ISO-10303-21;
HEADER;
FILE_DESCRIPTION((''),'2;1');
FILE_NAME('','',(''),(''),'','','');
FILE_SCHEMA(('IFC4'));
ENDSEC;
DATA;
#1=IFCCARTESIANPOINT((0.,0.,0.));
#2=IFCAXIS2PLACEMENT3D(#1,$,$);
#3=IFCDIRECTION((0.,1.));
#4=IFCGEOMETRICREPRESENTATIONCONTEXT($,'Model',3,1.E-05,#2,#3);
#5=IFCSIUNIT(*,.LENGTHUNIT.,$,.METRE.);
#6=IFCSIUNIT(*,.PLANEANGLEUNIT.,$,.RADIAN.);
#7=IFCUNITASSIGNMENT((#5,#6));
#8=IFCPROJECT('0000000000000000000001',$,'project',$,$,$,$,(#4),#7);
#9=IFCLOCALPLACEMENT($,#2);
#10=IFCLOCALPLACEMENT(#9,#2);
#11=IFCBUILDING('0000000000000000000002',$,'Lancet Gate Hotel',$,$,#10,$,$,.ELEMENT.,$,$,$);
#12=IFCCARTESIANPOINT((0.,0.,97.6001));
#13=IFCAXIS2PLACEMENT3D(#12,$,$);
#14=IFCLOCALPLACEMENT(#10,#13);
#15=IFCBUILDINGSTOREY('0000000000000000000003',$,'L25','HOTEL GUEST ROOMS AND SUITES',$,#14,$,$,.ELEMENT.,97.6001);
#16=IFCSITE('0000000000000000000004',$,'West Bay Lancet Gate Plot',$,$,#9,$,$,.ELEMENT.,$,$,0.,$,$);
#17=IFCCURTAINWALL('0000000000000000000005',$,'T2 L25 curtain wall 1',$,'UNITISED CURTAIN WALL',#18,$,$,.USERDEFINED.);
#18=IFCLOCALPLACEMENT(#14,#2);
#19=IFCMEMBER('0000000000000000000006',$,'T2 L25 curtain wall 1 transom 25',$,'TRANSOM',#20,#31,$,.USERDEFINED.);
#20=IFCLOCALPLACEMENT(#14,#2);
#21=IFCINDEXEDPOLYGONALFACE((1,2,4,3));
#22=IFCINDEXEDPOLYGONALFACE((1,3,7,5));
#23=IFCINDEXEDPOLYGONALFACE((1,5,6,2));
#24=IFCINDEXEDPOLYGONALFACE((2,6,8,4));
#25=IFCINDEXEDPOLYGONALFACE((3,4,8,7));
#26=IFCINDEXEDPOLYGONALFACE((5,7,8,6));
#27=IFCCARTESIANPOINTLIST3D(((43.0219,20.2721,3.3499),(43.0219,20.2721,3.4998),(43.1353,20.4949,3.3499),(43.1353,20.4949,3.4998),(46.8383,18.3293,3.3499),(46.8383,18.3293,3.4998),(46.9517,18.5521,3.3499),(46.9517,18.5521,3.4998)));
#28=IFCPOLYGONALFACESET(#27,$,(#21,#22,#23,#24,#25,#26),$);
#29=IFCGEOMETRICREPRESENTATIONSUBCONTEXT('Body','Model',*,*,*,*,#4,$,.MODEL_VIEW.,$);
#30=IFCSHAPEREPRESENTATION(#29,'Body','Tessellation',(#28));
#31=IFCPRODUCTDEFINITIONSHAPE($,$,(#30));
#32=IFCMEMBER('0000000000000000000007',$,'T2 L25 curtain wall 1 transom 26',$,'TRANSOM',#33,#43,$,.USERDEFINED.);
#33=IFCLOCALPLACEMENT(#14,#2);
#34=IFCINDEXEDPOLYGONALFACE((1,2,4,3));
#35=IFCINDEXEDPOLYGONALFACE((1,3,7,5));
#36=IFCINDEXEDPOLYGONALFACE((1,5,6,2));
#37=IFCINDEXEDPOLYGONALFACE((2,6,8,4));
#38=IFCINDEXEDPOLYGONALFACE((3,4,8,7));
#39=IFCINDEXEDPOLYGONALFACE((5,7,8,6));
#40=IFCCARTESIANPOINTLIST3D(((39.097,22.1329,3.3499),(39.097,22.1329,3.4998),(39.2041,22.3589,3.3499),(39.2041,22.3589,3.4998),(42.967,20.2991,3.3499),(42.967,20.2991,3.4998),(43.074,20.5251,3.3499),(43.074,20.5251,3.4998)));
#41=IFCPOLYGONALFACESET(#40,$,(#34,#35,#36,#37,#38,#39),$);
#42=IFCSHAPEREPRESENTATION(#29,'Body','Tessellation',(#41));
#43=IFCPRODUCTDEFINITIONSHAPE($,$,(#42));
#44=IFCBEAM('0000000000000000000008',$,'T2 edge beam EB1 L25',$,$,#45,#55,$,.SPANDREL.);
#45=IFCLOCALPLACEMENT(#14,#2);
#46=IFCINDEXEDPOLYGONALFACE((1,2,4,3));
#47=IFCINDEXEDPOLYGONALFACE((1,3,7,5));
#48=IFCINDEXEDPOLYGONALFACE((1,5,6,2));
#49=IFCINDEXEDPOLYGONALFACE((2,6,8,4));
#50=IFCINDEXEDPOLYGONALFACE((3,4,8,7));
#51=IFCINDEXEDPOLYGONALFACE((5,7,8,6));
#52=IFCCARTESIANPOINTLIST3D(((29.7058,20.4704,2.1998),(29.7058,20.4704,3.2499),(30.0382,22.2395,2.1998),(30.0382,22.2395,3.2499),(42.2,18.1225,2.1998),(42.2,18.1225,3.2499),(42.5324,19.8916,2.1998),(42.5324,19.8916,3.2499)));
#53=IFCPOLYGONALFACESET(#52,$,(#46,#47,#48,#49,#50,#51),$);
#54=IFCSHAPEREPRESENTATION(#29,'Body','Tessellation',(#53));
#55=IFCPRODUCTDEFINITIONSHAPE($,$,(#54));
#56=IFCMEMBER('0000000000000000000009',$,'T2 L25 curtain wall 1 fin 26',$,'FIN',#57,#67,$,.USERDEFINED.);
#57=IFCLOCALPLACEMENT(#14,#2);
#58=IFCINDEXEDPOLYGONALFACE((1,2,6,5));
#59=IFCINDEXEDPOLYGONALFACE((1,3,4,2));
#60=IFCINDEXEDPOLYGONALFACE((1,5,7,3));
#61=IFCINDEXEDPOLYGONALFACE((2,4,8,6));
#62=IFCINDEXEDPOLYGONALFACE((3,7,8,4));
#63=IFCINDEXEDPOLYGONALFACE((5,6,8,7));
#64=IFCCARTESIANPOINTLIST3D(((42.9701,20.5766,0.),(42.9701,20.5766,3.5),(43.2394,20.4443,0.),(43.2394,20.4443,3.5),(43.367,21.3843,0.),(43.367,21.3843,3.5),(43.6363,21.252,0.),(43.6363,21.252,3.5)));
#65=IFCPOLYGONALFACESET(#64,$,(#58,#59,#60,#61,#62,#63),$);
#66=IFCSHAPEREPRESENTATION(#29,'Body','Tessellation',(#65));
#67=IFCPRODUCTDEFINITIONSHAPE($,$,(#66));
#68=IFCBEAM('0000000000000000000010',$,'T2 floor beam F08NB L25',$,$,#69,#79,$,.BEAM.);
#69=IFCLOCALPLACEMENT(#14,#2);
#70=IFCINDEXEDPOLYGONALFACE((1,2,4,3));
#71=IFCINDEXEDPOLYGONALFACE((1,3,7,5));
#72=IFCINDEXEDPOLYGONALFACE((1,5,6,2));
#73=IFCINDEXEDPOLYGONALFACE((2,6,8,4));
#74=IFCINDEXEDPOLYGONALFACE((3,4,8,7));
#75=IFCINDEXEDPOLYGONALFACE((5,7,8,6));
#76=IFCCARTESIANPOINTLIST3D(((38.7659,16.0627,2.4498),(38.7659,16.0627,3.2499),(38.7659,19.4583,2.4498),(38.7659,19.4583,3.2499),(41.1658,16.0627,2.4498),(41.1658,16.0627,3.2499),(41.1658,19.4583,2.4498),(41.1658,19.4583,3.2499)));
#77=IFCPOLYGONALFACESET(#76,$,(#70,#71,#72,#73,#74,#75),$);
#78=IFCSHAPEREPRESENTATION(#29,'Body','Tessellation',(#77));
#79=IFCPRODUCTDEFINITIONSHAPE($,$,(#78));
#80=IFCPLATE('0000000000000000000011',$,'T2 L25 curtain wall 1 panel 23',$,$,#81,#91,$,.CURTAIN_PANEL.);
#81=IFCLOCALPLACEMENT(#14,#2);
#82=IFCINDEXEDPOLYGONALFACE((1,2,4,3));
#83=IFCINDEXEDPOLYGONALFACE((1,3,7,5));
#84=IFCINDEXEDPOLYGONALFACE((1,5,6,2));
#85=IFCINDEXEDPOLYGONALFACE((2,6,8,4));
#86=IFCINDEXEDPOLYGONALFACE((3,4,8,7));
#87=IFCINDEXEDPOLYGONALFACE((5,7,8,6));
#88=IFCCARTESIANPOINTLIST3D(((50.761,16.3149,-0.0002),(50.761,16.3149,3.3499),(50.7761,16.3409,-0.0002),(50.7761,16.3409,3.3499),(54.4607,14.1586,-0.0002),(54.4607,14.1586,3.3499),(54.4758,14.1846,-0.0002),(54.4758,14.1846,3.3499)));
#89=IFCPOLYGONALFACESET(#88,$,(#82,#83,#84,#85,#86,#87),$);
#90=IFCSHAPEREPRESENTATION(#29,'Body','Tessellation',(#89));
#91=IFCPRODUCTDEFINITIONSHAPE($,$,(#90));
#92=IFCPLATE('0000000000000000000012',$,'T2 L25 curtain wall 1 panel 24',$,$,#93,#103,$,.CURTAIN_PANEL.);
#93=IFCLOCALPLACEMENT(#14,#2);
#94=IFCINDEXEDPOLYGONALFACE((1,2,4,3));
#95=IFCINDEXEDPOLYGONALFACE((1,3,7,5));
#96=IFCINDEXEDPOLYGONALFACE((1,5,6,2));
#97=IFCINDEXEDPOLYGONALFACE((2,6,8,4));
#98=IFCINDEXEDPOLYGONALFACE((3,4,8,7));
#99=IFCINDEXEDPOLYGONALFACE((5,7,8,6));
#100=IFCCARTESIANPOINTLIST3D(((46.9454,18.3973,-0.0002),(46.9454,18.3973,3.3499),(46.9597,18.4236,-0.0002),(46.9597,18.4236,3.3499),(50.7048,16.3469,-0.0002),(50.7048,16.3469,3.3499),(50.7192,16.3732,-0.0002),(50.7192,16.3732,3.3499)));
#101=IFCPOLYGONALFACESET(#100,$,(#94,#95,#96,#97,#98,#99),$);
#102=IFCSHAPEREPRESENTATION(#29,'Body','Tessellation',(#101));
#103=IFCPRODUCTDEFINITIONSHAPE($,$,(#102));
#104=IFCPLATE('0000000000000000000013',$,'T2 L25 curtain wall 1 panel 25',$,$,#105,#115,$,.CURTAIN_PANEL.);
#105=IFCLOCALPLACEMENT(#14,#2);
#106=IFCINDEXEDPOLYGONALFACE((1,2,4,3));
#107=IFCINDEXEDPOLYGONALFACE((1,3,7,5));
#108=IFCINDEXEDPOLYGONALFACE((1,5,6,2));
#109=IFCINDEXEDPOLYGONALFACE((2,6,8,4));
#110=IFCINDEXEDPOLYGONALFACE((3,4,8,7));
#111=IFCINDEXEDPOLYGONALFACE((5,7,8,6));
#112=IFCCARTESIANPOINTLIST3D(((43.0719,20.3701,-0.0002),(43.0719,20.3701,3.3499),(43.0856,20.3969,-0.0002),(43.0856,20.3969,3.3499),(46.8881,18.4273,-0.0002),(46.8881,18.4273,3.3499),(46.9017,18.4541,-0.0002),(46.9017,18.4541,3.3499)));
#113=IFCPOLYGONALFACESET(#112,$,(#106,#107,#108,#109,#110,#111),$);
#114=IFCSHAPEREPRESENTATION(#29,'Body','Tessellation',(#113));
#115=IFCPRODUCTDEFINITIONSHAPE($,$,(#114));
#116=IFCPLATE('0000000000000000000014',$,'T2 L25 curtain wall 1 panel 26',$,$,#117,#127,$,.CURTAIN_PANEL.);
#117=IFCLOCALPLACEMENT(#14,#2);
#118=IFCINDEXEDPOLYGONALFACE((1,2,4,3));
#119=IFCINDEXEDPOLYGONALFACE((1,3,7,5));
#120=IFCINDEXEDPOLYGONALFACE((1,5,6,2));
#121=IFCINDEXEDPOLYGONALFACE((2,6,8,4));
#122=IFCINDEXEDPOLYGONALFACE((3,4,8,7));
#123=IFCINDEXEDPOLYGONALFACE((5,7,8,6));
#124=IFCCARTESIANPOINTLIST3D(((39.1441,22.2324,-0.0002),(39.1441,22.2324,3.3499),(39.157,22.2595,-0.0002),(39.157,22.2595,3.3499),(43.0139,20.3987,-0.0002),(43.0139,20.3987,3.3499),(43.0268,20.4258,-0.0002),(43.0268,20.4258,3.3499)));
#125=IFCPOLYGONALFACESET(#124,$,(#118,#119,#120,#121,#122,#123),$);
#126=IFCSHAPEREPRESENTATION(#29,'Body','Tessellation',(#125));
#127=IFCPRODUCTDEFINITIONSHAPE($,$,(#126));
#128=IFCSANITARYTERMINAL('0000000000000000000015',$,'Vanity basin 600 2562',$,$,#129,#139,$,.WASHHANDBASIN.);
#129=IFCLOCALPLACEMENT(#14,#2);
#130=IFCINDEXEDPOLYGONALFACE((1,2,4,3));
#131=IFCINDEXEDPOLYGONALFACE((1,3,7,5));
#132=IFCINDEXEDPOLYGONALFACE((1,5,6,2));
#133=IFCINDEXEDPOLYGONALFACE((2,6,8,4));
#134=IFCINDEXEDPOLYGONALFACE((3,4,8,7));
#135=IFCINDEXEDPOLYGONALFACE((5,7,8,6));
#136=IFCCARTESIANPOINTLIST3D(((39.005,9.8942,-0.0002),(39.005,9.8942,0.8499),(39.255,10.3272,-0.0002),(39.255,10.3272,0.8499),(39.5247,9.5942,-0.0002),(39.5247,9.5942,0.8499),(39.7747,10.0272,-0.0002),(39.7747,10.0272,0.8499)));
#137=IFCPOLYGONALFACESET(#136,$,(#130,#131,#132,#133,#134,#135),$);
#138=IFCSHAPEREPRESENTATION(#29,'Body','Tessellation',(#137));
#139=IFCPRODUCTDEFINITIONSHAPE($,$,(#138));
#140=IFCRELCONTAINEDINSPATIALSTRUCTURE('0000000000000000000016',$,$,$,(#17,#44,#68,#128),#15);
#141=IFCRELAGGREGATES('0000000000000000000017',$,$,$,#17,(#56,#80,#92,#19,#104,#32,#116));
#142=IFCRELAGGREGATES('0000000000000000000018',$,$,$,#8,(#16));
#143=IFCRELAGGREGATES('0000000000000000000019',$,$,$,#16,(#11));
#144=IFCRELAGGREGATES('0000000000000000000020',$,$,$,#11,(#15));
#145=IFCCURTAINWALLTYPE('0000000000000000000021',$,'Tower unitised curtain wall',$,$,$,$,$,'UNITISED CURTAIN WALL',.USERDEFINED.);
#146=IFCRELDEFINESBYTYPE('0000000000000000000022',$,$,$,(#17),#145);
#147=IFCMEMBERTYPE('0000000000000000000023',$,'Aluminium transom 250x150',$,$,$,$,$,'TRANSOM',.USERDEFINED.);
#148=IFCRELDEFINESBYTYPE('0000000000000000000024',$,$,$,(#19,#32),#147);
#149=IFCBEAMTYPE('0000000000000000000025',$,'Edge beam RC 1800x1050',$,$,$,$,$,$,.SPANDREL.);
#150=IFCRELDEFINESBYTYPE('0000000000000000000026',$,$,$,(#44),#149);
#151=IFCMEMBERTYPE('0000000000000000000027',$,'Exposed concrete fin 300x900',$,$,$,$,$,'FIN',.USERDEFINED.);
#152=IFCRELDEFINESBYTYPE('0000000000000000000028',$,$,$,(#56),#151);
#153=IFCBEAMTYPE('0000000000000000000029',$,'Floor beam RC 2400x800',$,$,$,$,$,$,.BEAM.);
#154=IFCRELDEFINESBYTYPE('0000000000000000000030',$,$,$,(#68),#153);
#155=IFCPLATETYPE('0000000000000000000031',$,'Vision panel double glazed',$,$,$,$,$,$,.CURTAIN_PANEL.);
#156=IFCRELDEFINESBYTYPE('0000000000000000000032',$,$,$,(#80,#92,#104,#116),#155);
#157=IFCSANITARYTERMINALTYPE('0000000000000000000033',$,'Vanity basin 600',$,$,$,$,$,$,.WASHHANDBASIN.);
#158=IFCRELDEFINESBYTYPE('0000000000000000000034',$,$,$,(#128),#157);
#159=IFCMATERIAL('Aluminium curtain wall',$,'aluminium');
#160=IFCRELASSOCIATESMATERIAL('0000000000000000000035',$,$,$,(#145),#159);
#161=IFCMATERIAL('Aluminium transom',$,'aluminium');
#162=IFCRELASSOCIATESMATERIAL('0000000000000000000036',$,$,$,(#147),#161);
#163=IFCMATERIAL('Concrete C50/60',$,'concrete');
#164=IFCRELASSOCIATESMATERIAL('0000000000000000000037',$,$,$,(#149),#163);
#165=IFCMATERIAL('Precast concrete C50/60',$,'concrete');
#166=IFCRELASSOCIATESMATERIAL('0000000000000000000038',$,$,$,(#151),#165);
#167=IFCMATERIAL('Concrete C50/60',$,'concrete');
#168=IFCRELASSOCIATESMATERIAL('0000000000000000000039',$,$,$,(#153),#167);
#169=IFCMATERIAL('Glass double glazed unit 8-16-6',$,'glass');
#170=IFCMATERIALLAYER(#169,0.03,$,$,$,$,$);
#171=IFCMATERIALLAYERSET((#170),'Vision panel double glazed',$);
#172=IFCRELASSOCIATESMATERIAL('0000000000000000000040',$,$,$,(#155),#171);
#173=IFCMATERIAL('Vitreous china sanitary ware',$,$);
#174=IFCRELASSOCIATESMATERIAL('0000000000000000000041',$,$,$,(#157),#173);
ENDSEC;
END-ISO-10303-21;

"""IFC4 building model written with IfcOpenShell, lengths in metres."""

from ifc_helpers import new_model, si_unit, direction, frame, origin, origin_2d, place, context, subcontext, project, spatial, rectangle, extrude, material, layer, layer_set, material_profile, profile_set, type_object, element, aggregate, save


model = new_model("IFC4")

# Units and contexts
model_context = context("Model", 3, precision=1e-05, world=origin(), true_north=direction((0.0, 1.0)))
body_context = subcontext(model_context, "Body", "Model", "MODEL_VIEW")
ifc_project = project(units=[si_unit("LENGTHUNIT", "METRE"), si_unit("PLANEANGLEUNIT", "RADIAN")], contexts=[model_context])

# Site, building, storey
site_placement = place(None, origin())
site = spatial("IfcSite", under=ifc_project, at=site_placement, Name="West Bay Lancet Gate Plot", CompositionType="ELEMENT", RefElevation=0.0)
building_placement = place(site_placement, origin())
building = spatial("IfcBuilding", under=site, at=building_placement, Name="Lancet Gate Hotel", CompositionType="ELEMENT")
storey_placement = place(building_placement, frame((0.0, 0.0, 97.6001)))
storey = spatial("IfcBuildingStorey", under=building, at=storey_placement, Name="L25", Description="HOTEL GUEST ROOMS AND SUITES", CompositionType="ELEMENT", Elevation=97.6001)

# Curtain wall, members
ifc_material_1 = material(Name="Aluminium curtain wall", Category="aluminium")
curtain_wall_type = type_object("IfcCurtainWallType", Name="Tower unitised curtain wall", ElementType="UNITISED CURTAIN WALL", PredefinedType="USERDEFINED", material=ifc_material_1)
curtain_wall_placement = place(storey_placement, origin())
curtain_wall = element("IfcCurtainWall", 1, at=curtain_wall_placement, inside=storey, type_object=curtain_wall_type, Name="T2 L25 curtain wall 1", ObjectType="UNITISED CURTAIN WALL", PredefinedType="USERDEFINED")
ifc_material_2 = material(Name="Aluminium transom", Category="aluminium")
ifc_material_profile_1 = material_profile(ifc_material_2, rectangle(XDim=0.25, YDim=0.1499, at=origin_2d()), Name="TRANSOM 250x150")
ifc_profile_set_1 = profile_set([ifc_material_profile_1], Name="Aluminium transom")
member_type_1 = type_object("IfcMemberType", Name="Aluminium transom 250x150", ElementType="TRANSOM", PredefinedType="USERDEFINED", material=ifc_profile_set_1)
member_1_placement = place(storey_placement, frame((46.895, 18.4407, 3.4248), z_axis=(-0.891166, 0.453678, 0.0), x_axis=(-0.453678, -0.891166, 0.0)))
member_1 = element("IfcMember", 2, at=member_1_placement, type_object=member_type_1, Name="T2 L25 curtain wall 1 transom 25", ObjectType="TRANSOM", PredefinedType="USERDEFINED", context=body_context, shape_type="SweptSolid", body=[
    extrude(rectangle(XDim=0.25, YDim=0.1499, at=origin_2d()), origin(), (0.0, 0.0, 1.0), 4.2825),
])
member_2_placement = place(storey_placement, frame((43.0205, 20.4121, 3.4248), z_axis=(-0.90368, 0.428209, 0.0), x_axis=(-0.428209, -0.90368, 0.0)))
member_2 = element("IfcMember", 3, at=member_2_placement, type_object=member_type_1, Name="T2 L25 curtain wall 1 transom 26", ObjectType="TRANSOM", PredefinedType="USERDEFINED", context=body_context, shape_type="SweptSolid", body=[
    extrude(rectangle(XDim=0.25, YDim=0.1499, at=origin_2d()), origin(), (0.0, 0.0, 1.0), 4.2825),
])

# Beam
ifc_material_3 = material(Name="Concrete C50/60", Category="concrete")
ifc_material_profile_2 = material_profile(ifc_material_3, rectangle(XDim=1.8, YDim=1.05, at=origin_2d()), Name="RC 1800x1050")
ifc_profile_set_2 = profile_set([ifc_material_profile_2], Name="Concrete C50/60")
beam_type_1 = type_object("IfcBeamType", Name="Edge beam RC 1800x1050", PredefinedType="SPANDREL", material=ifc_profile_set_2)
beam_1_placement = place(storey_placement, frame((42.3662, 19.0071, 2.7249), z_axis=(-0.982797, 0.184687, 0.0), x_axis=(-0.184687, -0.982797, 0.0)))
element("IfcBeam", 4, at=beam_1_placement, inside=storey, type_object=beam_type_1, Name="T2 edge beam EB1 L25", PredefinedType="SPANDREL", context=body_context, shape_type="SweptSolid", body=[
    extrude(rectangle(XDim=1.8, YDim=1.05, at=origin_2d()), origin(), (0.0, 0.0, 1.0), 12.7129),
])

# Member
ifc_material_4 = material(Name="Precast concrete C50/60", Category="concrete")
ifc_material_profile_3 = material_profile(ifc_material_4, rectangle(XDim=0.3, YDim=0.8999, at=origin_2d()), Name="FIN 300x900")
ifc_profile_set_3 = profile_set([ifc_material_profile_3], Name="Precast concrete C50/60")
member_type_2 = type_object("IfcMemberType", Name="Exposed concrete fin 300x900", ElementType="FIN", PredefinedType="USERDEFINED", material=ifc_profile_set_3)
member_3_placement = place(storey_placement, frame((43.3032, 20.9143, 0.0), z_axis=(0.0, 0.0, 1.0), x_axis=(-0.897512, 0.44099, 0.0)))
member_3 = element("IfcMember", 5, at=member_3_placement, type_object=member_type_2, Name="T2 L25 curtain wall 1 fin 26", ObjectType="FIN", PredefinedType="USERDEFINED", context=body_context, shape_type="SweptSolid", body=[
    extrude(rectangle(XDim=0.3, YDim=0.8999, at=origin_2d()), origin(), (0.0, 0.0, 1.0), 3.5),
])

# Beam
ifc_material_5 = material(Name="Concrete C50/60", Category="concrete")
ifc_material_profile_4 = material_profile(ifc_material_5, rectangle(XDim=2.3999, YDim=0.8, at=origin_2d()), Name="RC 2400x800")
ifc_profile_set_4 = profile_set([ifc_material_profile_4], Name="Concrete C50/60")
beam_type_2 = type_object("IfcBeamType", Name="Floor beam RC 2400x800", PredefinedType="BEAM", material=ifc_profile_set_4)
beam_2_placement = place(storey_placement, frame((39.9658, 16.0627, 2.8499), z_axis=(0.0, 1.0, 0.0), x_axis=(-1.0, 0.0, 0.0)))
element("IfcBeam", 6, at=beam_2_placement, inside=storey, type_object=beam_type_2, Name="T2 floor beam F08NB L25", PredefinedType="BEAM", context=body_context, shape_type="SweptSolid", body=[
    extrude(rectangle(XDim=2.3999, YDim=0.8, at=origin_2d()), origin(), (0.0, 0.0, 1.0), 3.3955),
])

# Plates
ifc_material_6 = material(Name="Glass double glazed unit 8-16-6", Category="glass")
ifc_layer = layer(ifc_material_6, 0.03)
ifc_layer_set = layer_set([ifc_layer], Name="Vision panel double glazed")
plate_type = type_object("IfcPlateType", Name="Vision panel double glazed", PredefinedType="CURTAIN_PANEL", material=ifc_layer_set)
plate_1_placement = place(storey_placement, frame((52.6184, 15.2498, -0.0002), z_axis=(0.0, 0.0, 1.0), x_axis=(-0.863966, 0.503551, 0.0)))
plate_1 = element("IfcPlate", 7, at=plate_1_placement, type_object=plate_type, Name="T2 L25 curtain wall 1 panel 23", PredefinedType="CURTAIN_PANEL", context=body_context, shape_type="SweptSolid", body=[
    extrude(rectangle(XDim=4.2822, YDim=0.03, at=origin_2d()), origin(), (0.0, 0.0, 1.0), 3.3501),
])
plate_2_placement = place(storey_placement, frame((48.8323, 17.3853, -0.0002), z_axis=(0.0, 0.0, 1.0), x_axis=(-0.877916, 0.478814, 0.0)))
plate_2 = element("IfcPlate", 8, at=plate_2_placement, type_object=plate_type, Name="T2 L25 curtain wall 1 panel 24", PredefinedType="CURTAIN_PANEL", context=body_context, shape_type="SweptSolid", body=[
    extrude(rectangle(XDim=4.2822, YDim=0.03, at=origin_2d()), origin(), (0.0, 0.0, 1.0), 3.3501),
])
plate_3_placement = place(storey_placement, frame((44.9868, 19.4121, -0.0002), z_axis=(0.0, 0.0, 1.0), x_axis=(-0.891159, 0.45369, 0.0)))
plate_3 = element("IfcPlate", 9, at=plate_3_placement, type_object=plate_type, Name="T2 L25 curtain wall 1 panel 25", PredefinedType="CURTAIN_PANEL", context=body_context, shape_type="SweptSolid", body=[
    extrude(rectangle(XDim=4.2822, YDim=0.03, at=origin_2d()), origin(), (0.0, 0.0, 1.0), 3.3501),
])
plate_4_placement = place(storey_placement, frame((41.0854, 21.3291, -0.0002), z_axis=(0.0, 0.0, 1.0), x_axis=(-0.903683, 0.428201, 0.0)))
plate_4 = element("IfcPlate", 10, at=plate_4_placement, type_object=plate_type, Name="T2 L25 curtain wall 1 panel 26", PredefinedType="CURTAIN_PANEL", context=body_context, shape_type="SweptSolid", body=[
    extrude(rectangle(XDim=4.2822, YDim=0.03, at=origin_2d()), origin(), (0.0, 0.0, 1.0), 3.3501),
])
aggregate(curtain_wall, [member_3, plate_1, plate_2, member_1, plate_3, member_2, plate_4])

# Sanitary terminal
ifc_material_7 = material(Name="Vitreous china sanitary ware")
sanitary_terminal_type = type_object("IfcSanitaryTerminalType", Name="Vanity basin 600", PredefinedType="WASHHANDBASIN", material=ifc_material_7)
sanitary_terminal_placement = place(storey_placement, frame((39.3899, 9.9607, -0.0002), z_axis=(0.0, 0.0, 1.0), x_axis=(-0.866025, 0.5, 0.0)))
element("IfcSanitaryTerminal", 11, at=sanitary_terminal_placement, inside=storey, type_object=sanitary_terminal_type, Name="Vanity basin 600 2562", PredefinedType="WASHHANDBASIN", context=body_context, shape_type="SweptSolid", body=[
    extrude(rectangle(XDim=0.6001, YDim=0.5, at=origin_2d()), origin(), (0.0, 0.0, 1.0), 0.8501),
])

save(model, "model.ifc")
